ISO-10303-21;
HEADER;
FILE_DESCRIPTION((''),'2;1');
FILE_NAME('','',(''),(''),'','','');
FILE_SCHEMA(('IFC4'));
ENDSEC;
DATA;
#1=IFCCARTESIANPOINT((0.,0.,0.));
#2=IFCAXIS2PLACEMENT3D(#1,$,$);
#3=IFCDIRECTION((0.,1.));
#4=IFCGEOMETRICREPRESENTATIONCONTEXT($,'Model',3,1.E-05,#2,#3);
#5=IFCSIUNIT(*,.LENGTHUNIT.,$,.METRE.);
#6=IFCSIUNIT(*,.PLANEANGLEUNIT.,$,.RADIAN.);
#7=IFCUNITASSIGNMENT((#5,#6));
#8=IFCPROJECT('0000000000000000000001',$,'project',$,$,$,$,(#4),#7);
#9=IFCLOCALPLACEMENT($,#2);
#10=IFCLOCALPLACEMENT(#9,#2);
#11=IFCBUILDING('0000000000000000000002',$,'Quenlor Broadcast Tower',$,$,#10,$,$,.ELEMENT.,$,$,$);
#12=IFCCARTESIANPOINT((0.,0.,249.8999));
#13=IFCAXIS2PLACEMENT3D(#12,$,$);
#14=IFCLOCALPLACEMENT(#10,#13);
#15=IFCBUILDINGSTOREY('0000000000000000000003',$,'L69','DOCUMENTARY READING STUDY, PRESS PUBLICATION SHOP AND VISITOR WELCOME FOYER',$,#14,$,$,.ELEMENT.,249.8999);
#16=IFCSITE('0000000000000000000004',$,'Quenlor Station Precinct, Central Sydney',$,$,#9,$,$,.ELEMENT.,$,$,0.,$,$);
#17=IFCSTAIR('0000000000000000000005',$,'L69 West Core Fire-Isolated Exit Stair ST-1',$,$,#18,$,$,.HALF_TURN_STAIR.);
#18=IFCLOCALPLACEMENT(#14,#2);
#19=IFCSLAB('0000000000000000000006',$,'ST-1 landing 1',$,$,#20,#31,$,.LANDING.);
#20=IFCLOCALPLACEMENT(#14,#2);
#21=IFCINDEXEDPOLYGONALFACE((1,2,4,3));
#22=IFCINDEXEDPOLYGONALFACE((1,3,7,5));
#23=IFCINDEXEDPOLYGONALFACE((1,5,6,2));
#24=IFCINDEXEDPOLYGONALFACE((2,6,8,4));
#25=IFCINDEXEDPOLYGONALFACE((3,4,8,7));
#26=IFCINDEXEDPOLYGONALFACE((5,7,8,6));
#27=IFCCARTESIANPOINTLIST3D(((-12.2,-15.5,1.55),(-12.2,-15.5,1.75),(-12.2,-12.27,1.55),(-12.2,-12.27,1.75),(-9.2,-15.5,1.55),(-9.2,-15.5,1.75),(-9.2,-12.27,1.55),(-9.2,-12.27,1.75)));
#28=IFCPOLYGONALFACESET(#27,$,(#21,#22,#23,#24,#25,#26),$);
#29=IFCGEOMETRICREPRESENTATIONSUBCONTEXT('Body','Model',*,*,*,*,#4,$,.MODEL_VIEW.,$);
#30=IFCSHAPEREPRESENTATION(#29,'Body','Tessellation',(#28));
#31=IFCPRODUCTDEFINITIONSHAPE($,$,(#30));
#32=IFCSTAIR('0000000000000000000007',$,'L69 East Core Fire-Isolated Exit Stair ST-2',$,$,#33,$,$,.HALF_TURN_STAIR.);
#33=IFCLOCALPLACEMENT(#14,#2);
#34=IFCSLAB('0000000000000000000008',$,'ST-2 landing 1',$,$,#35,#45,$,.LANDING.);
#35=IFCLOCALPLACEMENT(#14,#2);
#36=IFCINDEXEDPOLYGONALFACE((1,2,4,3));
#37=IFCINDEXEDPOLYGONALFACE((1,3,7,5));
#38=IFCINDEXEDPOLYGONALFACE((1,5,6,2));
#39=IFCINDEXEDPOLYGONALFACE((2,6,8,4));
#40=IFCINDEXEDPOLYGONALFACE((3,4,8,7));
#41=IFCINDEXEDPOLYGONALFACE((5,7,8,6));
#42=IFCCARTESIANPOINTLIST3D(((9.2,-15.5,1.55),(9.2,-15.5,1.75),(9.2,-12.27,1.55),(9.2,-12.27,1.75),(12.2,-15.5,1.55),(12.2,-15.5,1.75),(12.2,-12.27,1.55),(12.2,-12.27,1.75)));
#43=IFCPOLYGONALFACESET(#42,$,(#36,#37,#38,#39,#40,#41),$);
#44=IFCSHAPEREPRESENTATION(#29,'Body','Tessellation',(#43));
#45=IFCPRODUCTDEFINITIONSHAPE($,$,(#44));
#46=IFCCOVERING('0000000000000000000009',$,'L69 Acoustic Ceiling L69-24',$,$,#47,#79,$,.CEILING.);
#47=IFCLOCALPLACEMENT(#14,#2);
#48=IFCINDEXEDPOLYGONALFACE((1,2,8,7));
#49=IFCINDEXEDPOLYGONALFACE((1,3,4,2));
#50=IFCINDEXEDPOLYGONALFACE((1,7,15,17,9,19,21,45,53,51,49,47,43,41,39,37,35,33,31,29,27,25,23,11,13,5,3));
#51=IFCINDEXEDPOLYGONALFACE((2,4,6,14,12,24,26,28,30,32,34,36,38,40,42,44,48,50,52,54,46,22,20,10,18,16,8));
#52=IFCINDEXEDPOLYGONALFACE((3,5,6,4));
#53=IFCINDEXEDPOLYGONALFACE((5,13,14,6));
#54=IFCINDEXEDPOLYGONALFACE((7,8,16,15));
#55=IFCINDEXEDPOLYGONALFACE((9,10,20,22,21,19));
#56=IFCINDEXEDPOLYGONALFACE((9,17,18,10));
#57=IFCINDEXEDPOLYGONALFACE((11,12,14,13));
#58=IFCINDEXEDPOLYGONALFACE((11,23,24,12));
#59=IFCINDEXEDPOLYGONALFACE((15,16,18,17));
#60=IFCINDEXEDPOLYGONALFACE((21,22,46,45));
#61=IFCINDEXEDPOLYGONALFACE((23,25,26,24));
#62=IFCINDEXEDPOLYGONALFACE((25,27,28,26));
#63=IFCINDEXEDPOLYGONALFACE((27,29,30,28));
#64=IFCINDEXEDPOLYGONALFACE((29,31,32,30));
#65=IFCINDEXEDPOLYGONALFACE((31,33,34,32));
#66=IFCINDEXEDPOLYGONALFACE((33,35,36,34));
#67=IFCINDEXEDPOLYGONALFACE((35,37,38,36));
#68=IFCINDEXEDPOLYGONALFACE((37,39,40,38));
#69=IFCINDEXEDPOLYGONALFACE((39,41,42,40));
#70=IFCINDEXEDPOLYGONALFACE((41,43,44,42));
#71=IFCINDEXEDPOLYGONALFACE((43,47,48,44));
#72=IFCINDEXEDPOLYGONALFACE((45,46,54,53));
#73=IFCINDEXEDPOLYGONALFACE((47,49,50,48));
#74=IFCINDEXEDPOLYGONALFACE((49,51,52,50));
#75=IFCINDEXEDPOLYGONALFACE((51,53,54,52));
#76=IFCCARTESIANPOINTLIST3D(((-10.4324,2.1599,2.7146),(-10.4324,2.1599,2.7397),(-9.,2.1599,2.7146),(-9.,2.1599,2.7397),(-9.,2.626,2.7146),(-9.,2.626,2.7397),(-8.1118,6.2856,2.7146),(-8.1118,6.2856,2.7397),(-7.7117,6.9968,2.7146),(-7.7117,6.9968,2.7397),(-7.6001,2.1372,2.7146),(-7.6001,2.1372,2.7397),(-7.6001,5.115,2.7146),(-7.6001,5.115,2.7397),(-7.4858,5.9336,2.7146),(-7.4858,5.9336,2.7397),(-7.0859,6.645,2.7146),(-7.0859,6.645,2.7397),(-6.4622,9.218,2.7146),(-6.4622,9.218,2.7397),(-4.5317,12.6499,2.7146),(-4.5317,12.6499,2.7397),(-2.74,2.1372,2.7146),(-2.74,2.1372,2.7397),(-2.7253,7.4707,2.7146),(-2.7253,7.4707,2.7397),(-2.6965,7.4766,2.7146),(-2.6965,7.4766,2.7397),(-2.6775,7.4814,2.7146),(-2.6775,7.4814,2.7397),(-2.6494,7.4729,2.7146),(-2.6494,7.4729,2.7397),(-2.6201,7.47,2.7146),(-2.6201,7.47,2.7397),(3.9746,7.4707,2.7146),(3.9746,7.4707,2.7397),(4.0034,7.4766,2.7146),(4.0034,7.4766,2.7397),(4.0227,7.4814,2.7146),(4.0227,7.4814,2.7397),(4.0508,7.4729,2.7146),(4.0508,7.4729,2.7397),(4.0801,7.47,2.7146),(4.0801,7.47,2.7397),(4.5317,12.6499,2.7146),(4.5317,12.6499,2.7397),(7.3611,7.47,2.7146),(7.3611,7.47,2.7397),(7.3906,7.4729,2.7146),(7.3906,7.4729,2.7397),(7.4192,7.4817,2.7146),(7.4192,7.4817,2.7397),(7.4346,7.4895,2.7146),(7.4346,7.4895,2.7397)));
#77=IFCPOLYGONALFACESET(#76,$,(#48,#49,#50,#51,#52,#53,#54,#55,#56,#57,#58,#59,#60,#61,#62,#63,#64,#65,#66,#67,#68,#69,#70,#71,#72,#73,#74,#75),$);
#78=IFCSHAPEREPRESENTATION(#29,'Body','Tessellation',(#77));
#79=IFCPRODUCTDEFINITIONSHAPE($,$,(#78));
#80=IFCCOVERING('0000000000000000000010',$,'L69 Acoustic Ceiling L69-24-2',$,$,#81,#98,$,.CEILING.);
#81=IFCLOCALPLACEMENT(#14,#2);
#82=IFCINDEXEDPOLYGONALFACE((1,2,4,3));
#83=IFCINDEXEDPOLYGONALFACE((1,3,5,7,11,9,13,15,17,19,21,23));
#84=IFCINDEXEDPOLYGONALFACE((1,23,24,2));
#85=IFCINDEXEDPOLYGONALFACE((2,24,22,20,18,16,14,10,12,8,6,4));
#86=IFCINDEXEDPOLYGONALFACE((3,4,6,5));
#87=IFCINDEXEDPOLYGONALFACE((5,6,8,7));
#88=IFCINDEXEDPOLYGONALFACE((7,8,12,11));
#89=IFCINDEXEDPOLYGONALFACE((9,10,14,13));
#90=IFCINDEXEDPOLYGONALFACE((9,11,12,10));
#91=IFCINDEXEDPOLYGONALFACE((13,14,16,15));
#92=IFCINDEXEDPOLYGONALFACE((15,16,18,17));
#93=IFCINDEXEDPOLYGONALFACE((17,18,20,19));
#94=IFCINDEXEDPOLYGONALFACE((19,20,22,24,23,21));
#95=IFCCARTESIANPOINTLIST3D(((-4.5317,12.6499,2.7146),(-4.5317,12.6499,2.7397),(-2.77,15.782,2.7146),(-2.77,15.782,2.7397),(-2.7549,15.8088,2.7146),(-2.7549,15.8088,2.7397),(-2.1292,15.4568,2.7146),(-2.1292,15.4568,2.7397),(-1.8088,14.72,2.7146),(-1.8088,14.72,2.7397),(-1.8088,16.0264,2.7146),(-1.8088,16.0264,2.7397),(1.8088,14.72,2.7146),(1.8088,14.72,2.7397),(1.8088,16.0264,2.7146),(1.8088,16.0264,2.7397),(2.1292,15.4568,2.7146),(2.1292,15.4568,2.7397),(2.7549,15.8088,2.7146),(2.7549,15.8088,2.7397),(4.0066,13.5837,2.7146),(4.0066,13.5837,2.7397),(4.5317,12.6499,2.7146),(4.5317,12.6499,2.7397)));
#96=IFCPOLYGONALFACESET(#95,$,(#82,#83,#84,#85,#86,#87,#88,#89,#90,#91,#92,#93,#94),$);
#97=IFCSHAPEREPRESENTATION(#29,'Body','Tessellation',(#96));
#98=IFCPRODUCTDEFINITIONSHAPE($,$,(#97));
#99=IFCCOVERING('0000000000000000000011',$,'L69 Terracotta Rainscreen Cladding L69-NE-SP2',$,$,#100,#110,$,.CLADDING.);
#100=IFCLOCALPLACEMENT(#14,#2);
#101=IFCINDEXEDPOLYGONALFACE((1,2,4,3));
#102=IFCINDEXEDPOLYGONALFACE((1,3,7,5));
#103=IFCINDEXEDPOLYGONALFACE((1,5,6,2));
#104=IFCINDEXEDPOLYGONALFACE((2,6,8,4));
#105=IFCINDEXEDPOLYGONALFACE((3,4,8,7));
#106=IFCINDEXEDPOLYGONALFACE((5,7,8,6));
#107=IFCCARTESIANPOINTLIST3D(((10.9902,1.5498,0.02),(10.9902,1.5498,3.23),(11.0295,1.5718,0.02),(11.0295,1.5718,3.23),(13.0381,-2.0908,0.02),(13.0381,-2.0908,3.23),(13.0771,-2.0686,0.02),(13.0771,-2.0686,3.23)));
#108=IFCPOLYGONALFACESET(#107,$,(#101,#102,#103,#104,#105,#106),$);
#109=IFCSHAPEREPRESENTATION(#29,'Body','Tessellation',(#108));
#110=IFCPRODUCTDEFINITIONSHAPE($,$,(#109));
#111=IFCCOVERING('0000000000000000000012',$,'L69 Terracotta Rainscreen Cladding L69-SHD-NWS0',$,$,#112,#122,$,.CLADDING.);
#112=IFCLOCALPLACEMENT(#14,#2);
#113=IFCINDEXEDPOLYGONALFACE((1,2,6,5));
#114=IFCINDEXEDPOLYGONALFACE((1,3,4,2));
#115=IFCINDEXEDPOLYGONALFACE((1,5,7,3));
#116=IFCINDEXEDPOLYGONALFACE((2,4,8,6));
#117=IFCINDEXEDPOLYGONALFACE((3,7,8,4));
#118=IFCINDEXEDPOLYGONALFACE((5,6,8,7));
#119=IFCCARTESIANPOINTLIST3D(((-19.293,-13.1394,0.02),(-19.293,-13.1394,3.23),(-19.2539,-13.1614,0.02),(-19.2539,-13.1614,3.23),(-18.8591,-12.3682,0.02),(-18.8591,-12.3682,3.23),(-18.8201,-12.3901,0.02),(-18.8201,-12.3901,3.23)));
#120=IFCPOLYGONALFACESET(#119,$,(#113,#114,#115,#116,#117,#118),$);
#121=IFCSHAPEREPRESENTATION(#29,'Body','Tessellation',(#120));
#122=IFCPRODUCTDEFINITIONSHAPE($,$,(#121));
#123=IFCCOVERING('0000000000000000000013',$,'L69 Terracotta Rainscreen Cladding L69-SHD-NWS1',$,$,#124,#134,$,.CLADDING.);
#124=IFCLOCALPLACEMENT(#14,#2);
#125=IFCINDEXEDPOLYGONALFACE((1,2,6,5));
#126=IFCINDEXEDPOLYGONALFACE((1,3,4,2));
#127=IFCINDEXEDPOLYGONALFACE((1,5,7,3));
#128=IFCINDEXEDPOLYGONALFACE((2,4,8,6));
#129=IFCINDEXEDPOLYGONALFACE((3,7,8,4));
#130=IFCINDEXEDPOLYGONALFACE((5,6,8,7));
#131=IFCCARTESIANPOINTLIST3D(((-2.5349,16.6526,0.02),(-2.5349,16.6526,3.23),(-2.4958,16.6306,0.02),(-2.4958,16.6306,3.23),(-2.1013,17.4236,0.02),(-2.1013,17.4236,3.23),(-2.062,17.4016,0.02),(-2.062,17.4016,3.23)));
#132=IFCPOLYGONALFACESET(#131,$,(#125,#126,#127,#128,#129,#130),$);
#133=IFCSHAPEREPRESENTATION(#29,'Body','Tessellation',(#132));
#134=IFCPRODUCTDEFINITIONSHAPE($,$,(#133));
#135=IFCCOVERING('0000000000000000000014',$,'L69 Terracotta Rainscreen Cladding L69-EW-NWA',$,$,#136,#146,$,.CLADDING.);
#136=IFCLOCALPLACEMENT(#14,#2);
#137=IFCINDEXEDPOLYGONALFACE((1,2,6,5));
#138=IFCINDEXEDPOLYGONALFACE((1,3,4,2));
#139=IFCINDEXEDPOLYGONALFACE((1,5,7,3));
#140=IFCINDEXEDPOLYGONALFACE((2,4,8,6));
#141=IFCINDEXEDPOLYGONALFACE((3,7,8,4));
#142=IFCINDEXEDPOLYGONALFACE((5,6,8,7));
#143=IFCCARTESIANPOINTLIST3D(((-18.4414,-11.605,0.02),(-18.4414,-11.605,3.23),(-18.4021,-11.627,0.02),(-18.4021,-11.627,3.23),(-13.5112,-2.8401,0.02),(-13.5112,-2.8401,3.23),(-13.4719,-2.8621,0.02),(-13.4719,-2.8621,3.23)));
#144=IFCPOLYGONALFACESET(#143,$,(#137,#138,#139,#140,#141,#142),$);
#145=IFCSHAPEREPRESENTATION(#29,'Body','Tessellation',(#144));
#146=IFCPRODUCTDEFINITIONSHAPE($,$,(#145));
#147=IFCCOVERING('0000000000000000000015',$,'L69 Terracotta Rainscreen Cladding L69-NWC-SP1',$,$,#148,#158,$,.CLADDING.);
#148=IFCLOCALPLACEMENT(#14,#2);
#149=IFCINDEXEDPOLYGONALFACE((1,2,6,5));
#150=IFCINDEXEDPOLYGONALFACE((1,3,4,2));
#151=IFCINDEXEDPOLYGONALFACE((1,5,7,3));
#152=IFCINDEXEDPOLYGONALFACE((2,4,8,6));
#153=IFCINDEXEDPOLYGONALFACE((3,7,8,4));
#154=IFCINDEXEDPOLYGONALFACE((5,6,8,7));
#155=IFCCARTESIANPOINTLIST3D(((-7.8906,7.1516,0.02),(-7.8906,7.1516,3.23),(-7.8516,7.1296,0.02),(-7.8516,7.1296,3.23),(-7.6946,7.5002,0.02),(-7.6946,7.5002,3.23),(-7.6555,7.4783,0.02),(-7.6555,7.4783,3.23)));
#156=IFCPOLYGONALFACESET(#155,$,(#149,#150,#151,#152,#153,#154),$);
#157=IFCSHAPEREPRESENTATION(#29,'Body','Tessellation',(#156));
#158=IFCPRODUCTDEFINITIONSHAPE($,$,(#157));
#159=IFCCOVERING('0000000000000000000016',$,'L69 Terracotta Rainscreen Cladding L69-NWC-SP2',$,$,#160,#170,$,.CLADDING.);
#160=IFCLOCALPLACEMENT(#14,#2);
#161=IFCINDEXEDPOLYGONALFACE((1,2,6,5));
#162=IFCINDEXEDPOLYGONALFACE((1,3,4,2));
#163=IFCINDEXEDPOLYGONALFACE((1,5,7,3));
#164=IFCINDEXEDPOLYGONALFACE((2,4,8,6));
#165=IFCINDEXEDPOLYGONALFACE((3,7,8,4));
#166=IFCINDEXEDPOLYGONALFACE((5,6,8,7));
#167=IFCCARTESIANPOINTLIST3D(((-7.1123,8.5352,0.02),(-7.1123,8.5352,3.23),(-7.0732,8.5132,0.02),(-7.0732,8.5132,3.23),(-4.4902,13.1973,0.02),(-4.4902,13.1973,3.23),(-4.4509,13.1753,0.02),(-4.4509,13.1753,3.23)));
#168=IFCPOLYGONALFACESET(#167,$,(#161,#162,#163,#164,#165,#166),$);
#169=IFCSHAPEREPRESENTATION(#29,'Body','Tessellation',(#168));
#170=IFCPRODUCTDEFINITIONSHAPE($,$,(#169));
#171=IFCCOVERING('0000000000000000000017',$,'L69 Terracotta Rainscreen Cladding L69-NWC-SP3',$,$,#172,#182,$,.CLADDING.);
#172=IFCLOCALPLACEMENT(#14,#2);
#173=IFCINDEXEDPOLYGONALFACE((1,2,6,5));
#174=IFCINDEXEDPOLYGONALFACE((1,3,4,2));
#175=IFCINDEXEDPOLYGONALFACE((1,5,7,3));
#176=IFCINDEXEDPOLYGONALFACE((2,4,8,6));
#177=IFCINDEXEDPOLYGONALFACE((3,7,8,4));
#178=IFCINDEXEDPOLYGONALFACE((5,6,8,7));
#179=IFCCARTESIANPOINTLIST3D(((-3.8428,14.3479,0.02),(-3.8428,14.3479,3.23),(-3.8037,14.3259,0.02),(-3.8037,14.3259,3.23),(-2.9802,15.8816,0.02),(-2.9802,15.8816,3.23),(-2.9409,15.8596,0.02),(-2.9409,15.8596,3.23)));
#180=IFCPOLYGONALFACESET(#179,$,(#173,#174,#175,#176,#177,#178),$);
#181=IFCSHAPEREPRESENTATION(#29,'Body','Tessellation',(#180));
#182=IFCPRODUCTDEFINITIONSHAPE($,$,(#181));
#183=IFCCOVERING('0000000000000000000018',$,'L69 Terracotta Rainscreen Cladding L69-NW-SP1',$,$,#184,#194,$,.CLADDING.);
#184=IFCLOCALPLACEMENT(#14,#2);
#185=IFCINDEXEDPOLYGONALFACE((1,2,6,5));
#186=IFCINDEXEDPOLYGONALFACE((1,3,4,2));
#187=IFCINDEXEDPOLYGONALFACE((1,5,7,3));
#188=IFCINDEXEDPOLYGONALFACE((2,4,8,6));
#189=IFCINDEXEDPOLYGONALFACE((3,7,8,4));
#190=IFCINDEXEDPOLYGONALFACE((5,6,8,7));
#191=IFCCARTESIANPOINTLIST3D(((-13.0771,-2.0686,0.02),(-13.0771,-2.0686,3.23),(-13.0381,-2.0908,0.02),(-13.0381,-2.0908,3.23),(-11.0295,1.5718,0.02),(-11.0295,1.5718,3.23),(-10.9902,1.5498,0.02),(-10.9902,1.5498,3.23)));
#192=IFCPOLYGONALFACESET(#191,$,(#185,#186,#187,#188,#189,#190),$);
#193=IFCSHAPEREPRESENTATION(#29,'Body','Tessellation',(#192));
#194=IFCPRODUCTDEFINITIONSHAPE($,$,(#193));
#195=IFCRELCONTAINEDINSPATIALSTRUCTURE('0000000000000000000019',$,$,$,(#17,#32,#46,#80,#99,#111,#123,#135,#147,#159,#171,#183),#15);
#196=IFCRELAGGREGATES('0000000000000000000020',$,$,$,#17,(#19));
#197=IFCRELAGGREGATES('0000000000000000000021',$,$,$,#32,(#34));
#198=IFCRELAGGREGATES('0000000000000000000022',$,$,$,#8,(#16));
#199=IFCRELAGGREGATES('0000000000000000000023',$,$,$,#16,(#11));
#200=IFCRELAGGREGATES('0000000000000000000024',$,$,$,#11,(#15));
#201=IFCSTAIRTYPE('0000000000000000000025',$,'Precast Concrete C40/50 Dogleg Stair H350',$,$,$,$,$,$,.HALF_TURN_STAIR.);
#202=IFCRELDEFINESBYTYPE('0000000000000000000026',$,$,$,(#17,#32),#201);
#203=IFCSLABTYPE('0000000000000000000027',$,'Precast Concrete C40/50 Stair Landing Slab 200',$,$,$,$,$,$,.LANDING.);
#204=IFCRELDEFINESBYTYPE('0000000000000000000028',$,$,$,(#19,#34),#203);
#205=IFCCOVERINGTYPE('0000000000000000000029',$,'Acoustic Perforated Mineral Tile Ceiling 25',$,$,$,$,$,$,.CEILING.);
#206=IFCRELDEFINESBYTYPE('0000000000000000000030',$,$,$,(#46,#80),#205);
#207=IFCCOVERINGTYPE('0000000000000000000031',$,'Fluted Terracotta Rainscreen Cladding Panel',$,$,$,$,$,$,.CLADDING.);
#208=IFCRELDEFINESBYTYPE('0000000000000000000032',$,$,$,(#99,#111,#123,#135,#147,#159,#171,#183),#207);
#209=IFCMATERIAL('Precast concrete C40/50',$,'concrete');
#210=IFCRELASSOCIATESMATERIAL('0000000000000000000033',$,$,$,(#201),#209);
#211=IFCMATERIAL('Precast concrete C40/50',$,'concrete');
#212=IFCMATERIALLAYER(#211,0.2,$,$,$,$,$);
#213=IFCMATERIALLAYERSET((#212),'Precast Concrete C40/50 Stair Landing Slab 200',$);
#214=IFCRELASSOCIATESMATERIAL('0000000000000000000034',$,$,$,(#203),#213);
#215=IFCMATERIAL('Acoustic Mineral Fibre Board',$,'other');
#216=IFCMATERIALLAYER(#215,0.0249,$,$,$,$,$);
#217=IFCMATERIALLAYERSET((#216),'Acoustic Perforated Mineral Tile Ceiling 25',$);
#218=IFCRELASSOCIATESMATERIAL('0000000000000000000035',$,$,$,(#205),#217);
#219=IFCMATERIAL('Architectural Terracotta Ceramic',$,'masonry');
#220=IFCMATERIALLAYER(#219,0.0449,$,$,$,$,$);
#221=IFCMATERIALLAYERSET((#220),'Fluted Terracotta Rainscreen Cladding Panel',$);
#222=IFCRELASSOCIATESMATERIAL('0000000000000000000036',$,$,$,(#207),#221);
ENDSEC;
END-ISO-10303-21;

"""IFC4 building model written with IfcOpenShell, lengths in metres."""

from ifc_helpers import new_model, si_unit, direction, frame, origin, place, context, subcontext, project, spatial, polyline, outline, extrude, material, layer, layer_set, type_object, element, aggregate, save


model = new_model("IFC4")

# Units and contexts
model_context = context("Model", 3, precision=1e-05, world=origin(), true_north=direction((0.0, 1.0)))
body_context = subcontext(model_context, "Body", "Model", "MODEL_VIEW")
ifc_project = project(units=[si_unit("LENGTHUNIT", "METRE"), si_unit("PLANEANGLEUNIT", "RADIAN")], contexts=[model_context])

# Site, building, storey
site_placement = place(None, origin())
site = spatial("IfcSite", under=ifc_project, at=site_placement, Name="Quenlor Station Precinct, Central Sydney", CompositionType="ELEMENT", RefElevation=0.0)
building_placement = place(site_placement, origin())
building = spatial("IfcBuilding", under=site, at=building_placement, Name="Quenlor Broadcast Tower", CompositionType="ELEMENT")
storey_placement = place(building_placement, frame((0.0, 0.0, 249.8999)))
storey = spatial("IfcBuildingStorey", under=building, at=storey_placement, Name="L69", Description="DOCUMENTARY READING STUDY, PRESS PUBLICATION SHOP AND VISITOR WELCOME FOYER", CompositionType="ELEMENT", Elevation=249.8999)

# Stairs, slabs
ifc_material_1 = material(Name="Precast concrete C40/50", Category="concrete")
stair_type = type_object("IfcStairType", Name="Precast Concrete C40/50 Dogleg Stair H350", PredefinedType="HALF_TURN_STAIR", material=ifc_material_1)
stair_1_placement = place(storey_placement, origin())
stair_1 = element("IfcStair", 1, at=stair_1_placement, inside=storey, type_object=stair_type, Name="L69 West Core Fire-Isolated Exit Stair ST-1", PredefinedType="HALF_TURN_STAIR")
ifc_material_2 = material(Name="Precast concrete C40/50", Category="concrete")
ifc_layer_1 = layer(ifc_material_2, 0.2)
ifc_layer_set_1 = layer_set([ifc_layer_1], Name="Precast Concrete C40/50 Stair Landing Slab 200")
slab_type = type_object("IfcSlabType", Name="Precast Concrete C40/50 Stair Landing Slab 200", PredefinedType="LANDING", material=ifc_layer_set_1)
slab_1_placement = place(storey_placement, frame((0.0, 0.0, 1.55)))
slab_1 = element("IfcSlab", 2, at=slab_1_placement, type_object=slab_type, Name="ST-1 landing 1", PredefinedType="LANDING", context=body_context, shape_type="SweptSolid", body=[
    extrude(outline(polyline([(-12.2, -12.27), (-12.2, -15.5), (-9.2, -15.5), (-9.2, -12.27), (-12.2, -12.27)])), origin(), (0.0, 0.0, 1.0), 0.2),
])
aggregate(stair_1, [slab_1])
stair_2_placement = place(storey_placement, origin())
stair_2 = element("IfcStair", 3, at=stair_2_placement, inside=storey, type_object=stair_type, Name="L69 East Core Fire-Isolated Exit Stair ST-2", PredefinedType="HALF_TURN_STAIR")
slab_2_placement = place(storey_placement, frame((0.0, 0.0, 1.55)))
slab_2 = element("IfcSlab", 4, at=slab_2_placement, type_object=slab_type, Name="ST-2 landing 1", PredefinedType="LANDING", context=body_context, shape_type="SweptSolid", body=[
    extrude(outline(polyline([(9.2, -12.27), (9.2, -15.5), (12.2, -15.5), (12.2, -12.27), (9.2, -12.27)])), origin(), (0.0, 0.0, 1.0), 0.2),
])
aggregate(stair_2, [slab_2])

# Coverings
ifc_material_3 = material(Name="Acoustic Mineral Fibre Board", Category="other")
ifc_layer_2 = layer(ifc_material_3, 0.0249)
ifc_layer_set_2 = layer_set([ifc_layer_2], Name="Acoustic Perforated Mineral Tile Ceiling 25")
covering_type_1 = type_object("IfcCoveringType", Name="Acoustic Perforated Mineral Tile Ceiling 25", PredefinedType="CEILING", material=ifc_layer_set_2)
covering_1_placement = place(storey_placement, frame((0.0, 0.0, 2.7146)))
element("IfcCovering", 5, at=covering_1_placement, inside=storey, type_object=covering_type_1, Name="L69 Acoustic Ceiling L69-24", PredefinedType="CEILING", context=body_context, shape_type="SweptSolid", body=[
    extrude(outline(polyline([(-7.4858, 5.9336), (-7.0859, 6.645), (-7.7117, 6.9968), (-6.4622, 9.218), (-4.5317, 12.6499), (4.5317, 12.6499), (7.4346, 7.4895), (7.4192, 7.4817), (7.3906, 7.4729), (7.3611, 7.47), (4.0801, 7.47), (4.0508, 7.4729), (4.0227, 7.4814), (4.0034, 7.4766), (3.9746, 7.4707), (-2.6201, 7.47), (-2.6494, 7.4729), (-2.6775, 7.4814), (-2.6965, 7.4766), (-2.7253, 7.4707), (-2.74, 2.1372), (-7.6001, 2.1372), (-7.6001, 5.115), (-9.0, 2.626), (-9.0, 2.1599), (-10.4324, 2.1599), (-8.1118, 6.2856), (-7.4858, 5.9336)])), origin(), (0.0, 0.0, 1.0), 0.0251),
])
covering_2_placement = place(storey_placement, frame((0.0, 0.0, 2.7146)))
element("IfcCovering", 6, at=covering_2_placement, inside=storey, type_object=covering_type_1, Name="L69 Acoustic Ceiling L69-24-2", PredefinedType="CEILING", context=body_context, shape_type="SweptSolid", body=[
    extrude(outline(polyline([(-2.77, 15.782), (-2.7549, 15.8088), (-2.1292, 15.4568), (-1.8088, 16.0264), (-1.8088, 14.72), (1.8088, 14.72), (1.8088, 16.0264), (2.1292, 15.4568), (2.7549, 15.8088), (4.0066, 13.5837), (4.5317, 12.6499), (-4.5317, 12.6499), (-2.77, 15.782)])), origin(), (0.0, 0.0, 1.0), 0.0251),
])
ifc_material_4 = material(Name="Architectural Terracotta Ceramic", Category="masonry")
ifc_layer_3 = layer(ifc_material_4, 0.0449)
ifc_layer_set_3 = layer_set([ifc_layer_3], Name="Fluted Terracotta Rainscreen Cladding Panel")
covering_type_2 = type_object("IfcCoveringType", Name="Fluted Terracotta Rainscreen Cladding Panel", PredefinedType="CLADDING", material=ifc_layer_set_3)
covering_3_placement = place(storey_placement, frame((0.0, 0.0, 0.02)))
element("IfcCovering", 7, at=covering_3_placement, inside=storey, type_object=covering_type_2, Name="L69 Terracotta Rainscreen Cladding L69-NE-SP2", PredefinedType="CLADDING", context=body_context, shape_type="SweptSolid", body=[
    extrude(outline(polyline([(10.9902, 1.5498), (13.0381, -2.0908), (13.0771, -2.0686), (11.0295, 1.5718), (10.9902, 1.5498)])), origin(), (0.0, 0.0, 1.0), 3.21),
])
covering_4_placement = place(storey_placement, frame((0.0, 0.0, 0.02)))
element("IfcCovering", 8, at=covering_4_placement, inside=storey, type_object=covering_type_2, Name="L69 Terracotta Rainscreen Cladding L69-SHD-NWS0", PredefinedType="CLADDING", context=body_context, shape_type="SweptSolid", body=[
    extrude(outline(polyline([(-19.2539, -13.1614), (-18.8201, -12.3901), (-18.8591, -12.3682), (-19.293, -13.1394), (-19.2539, -13.1614)])), origin(), (0.0, 0.0, 1.0), 3.21),
])
covering_5_placement = place(storey_placement, frame((0.0, 0.0, 0.02)))
element("IfcCovering", 9, at=covering_5_placement, inside=storey, type_object=covering_type_2, Name="L69 Terracotta Rainscreen Cladding L69-SHD-NWS1", PredefinedType="CLADDING", context=body_context, shape_type="SweptSolid", body=[
    extrude(outline(polyline([(-2.4958, 16.6306), (-2.062, 17.4016), (-2.1013, 17.4236), (-2.5349, 16.6526), (-2.4958, 16.6306)])), origin(), (0.0, 0.0, 1.0), 3.21),
])
covering_6_placement = place(storey_placement, frame((0.0, 0.0, 0.02)))
element("IfcCovering", 10, at=covering_6_placement, inside=storey, type_object=covering_type_2, Name="L69 Terracotta Rainscreen Cladding L69-EW-NWA", PredefinedType="CLADDING", context=body_context, shape_type="SweptSolid", body=[
    extrude(outline(polyline([(-18.4021, -11.627), (-13.4719, -2.8621), (-13.5112, -2.8401), (-18.4414, -11.605), (-18.4021, -11.627)])), origin(), (0.0, 0.0, 1.0), 3.21),
])
covering_7_placement = place(storey_placement, frame((0.0, 0.0, 0.02)))
element("IfcCovering", 11, at=covering_7_placement, inside=storey, type_object=covering_type_2, Name="L69 Terracotta Rainscreen Cladding L69-NWC-SP1", PredefinedType="CLADDING", context=body_context, shape_type="SweptSolid", body=[
    extrude(outline(polyline([(-7.8516, 7.1296), (-7.6555, 7.4783), (-7.6946, 7.5002), (-7.8906, 7.1516), (-7.8516, 7.1296)])), origin(), (0.0, 0.0, 1.0), 3.21),
])
covering_8_placement = place(storey_placement, frame((0.0, 0.0, 0.02)))
element("IfcCovering", 12, at=covering_8_placement, inside=storey, type_object=covering_type_2, Name="L69 Terracotta Rainscreen Cladding L69-NWC-SP2", PredefinedType="CLADDING", context=body_context, shape_type="SweptSolid", body=[
    extrude(outline(polyline([(-7.0732, 8.5132), (-4.4509, 13.1753), (-4.4902, 13.1973), (-7.1123, 8.5352), (-7.0732, 8.5132)])), origin(), (0.0, 0.0, 1.0), 3.21),
])
covering_9_placement = place(storey_placement, frame((0.0, 0.0, 0.02)))
element("IfcCovering", 13, at=covering_9_placement, inside=storey, type_object=covering_type_2, Name="L69 Terracotta Rainscreen Cladding L69-NWC-SP3", PredefinedType="CLADDING", context=body_context, shape_type="SweptSolid", body=[
    extrude(outline(polyline([(-3.8037, 14.3259), (-2.9409, 15.8596), (-2.9802, 15.8816), (-3.8428, 14.3479), (-3.8037, 14.3259)])), origin(), (0.0, 0.0, 1.0), 3.21),
])
covering_10_placement = place(storey_placement, frame((0.0, 0.0, 0.02)))
element("IfcCovering", 14, at=covering_10_placement, inside=storey, type_object=covering_type_2, Name="L69 Terracotta Rainscreen Cladding L69-NW-SP1", PredefinedType="CLADDING", context=body_context, shape_type="SweptSolid", body=[
    extrude(outline(polyline([(-13.0381, -2.0908), (-10.9902, 1.5498), (-11.0295, 1.5718), (-13.0771, -2.0686), (-13.0381, -2.0908)])), origin(), (0.0, 0.0, 1.0), 3.21),
])

save(model, "model.ifc")
